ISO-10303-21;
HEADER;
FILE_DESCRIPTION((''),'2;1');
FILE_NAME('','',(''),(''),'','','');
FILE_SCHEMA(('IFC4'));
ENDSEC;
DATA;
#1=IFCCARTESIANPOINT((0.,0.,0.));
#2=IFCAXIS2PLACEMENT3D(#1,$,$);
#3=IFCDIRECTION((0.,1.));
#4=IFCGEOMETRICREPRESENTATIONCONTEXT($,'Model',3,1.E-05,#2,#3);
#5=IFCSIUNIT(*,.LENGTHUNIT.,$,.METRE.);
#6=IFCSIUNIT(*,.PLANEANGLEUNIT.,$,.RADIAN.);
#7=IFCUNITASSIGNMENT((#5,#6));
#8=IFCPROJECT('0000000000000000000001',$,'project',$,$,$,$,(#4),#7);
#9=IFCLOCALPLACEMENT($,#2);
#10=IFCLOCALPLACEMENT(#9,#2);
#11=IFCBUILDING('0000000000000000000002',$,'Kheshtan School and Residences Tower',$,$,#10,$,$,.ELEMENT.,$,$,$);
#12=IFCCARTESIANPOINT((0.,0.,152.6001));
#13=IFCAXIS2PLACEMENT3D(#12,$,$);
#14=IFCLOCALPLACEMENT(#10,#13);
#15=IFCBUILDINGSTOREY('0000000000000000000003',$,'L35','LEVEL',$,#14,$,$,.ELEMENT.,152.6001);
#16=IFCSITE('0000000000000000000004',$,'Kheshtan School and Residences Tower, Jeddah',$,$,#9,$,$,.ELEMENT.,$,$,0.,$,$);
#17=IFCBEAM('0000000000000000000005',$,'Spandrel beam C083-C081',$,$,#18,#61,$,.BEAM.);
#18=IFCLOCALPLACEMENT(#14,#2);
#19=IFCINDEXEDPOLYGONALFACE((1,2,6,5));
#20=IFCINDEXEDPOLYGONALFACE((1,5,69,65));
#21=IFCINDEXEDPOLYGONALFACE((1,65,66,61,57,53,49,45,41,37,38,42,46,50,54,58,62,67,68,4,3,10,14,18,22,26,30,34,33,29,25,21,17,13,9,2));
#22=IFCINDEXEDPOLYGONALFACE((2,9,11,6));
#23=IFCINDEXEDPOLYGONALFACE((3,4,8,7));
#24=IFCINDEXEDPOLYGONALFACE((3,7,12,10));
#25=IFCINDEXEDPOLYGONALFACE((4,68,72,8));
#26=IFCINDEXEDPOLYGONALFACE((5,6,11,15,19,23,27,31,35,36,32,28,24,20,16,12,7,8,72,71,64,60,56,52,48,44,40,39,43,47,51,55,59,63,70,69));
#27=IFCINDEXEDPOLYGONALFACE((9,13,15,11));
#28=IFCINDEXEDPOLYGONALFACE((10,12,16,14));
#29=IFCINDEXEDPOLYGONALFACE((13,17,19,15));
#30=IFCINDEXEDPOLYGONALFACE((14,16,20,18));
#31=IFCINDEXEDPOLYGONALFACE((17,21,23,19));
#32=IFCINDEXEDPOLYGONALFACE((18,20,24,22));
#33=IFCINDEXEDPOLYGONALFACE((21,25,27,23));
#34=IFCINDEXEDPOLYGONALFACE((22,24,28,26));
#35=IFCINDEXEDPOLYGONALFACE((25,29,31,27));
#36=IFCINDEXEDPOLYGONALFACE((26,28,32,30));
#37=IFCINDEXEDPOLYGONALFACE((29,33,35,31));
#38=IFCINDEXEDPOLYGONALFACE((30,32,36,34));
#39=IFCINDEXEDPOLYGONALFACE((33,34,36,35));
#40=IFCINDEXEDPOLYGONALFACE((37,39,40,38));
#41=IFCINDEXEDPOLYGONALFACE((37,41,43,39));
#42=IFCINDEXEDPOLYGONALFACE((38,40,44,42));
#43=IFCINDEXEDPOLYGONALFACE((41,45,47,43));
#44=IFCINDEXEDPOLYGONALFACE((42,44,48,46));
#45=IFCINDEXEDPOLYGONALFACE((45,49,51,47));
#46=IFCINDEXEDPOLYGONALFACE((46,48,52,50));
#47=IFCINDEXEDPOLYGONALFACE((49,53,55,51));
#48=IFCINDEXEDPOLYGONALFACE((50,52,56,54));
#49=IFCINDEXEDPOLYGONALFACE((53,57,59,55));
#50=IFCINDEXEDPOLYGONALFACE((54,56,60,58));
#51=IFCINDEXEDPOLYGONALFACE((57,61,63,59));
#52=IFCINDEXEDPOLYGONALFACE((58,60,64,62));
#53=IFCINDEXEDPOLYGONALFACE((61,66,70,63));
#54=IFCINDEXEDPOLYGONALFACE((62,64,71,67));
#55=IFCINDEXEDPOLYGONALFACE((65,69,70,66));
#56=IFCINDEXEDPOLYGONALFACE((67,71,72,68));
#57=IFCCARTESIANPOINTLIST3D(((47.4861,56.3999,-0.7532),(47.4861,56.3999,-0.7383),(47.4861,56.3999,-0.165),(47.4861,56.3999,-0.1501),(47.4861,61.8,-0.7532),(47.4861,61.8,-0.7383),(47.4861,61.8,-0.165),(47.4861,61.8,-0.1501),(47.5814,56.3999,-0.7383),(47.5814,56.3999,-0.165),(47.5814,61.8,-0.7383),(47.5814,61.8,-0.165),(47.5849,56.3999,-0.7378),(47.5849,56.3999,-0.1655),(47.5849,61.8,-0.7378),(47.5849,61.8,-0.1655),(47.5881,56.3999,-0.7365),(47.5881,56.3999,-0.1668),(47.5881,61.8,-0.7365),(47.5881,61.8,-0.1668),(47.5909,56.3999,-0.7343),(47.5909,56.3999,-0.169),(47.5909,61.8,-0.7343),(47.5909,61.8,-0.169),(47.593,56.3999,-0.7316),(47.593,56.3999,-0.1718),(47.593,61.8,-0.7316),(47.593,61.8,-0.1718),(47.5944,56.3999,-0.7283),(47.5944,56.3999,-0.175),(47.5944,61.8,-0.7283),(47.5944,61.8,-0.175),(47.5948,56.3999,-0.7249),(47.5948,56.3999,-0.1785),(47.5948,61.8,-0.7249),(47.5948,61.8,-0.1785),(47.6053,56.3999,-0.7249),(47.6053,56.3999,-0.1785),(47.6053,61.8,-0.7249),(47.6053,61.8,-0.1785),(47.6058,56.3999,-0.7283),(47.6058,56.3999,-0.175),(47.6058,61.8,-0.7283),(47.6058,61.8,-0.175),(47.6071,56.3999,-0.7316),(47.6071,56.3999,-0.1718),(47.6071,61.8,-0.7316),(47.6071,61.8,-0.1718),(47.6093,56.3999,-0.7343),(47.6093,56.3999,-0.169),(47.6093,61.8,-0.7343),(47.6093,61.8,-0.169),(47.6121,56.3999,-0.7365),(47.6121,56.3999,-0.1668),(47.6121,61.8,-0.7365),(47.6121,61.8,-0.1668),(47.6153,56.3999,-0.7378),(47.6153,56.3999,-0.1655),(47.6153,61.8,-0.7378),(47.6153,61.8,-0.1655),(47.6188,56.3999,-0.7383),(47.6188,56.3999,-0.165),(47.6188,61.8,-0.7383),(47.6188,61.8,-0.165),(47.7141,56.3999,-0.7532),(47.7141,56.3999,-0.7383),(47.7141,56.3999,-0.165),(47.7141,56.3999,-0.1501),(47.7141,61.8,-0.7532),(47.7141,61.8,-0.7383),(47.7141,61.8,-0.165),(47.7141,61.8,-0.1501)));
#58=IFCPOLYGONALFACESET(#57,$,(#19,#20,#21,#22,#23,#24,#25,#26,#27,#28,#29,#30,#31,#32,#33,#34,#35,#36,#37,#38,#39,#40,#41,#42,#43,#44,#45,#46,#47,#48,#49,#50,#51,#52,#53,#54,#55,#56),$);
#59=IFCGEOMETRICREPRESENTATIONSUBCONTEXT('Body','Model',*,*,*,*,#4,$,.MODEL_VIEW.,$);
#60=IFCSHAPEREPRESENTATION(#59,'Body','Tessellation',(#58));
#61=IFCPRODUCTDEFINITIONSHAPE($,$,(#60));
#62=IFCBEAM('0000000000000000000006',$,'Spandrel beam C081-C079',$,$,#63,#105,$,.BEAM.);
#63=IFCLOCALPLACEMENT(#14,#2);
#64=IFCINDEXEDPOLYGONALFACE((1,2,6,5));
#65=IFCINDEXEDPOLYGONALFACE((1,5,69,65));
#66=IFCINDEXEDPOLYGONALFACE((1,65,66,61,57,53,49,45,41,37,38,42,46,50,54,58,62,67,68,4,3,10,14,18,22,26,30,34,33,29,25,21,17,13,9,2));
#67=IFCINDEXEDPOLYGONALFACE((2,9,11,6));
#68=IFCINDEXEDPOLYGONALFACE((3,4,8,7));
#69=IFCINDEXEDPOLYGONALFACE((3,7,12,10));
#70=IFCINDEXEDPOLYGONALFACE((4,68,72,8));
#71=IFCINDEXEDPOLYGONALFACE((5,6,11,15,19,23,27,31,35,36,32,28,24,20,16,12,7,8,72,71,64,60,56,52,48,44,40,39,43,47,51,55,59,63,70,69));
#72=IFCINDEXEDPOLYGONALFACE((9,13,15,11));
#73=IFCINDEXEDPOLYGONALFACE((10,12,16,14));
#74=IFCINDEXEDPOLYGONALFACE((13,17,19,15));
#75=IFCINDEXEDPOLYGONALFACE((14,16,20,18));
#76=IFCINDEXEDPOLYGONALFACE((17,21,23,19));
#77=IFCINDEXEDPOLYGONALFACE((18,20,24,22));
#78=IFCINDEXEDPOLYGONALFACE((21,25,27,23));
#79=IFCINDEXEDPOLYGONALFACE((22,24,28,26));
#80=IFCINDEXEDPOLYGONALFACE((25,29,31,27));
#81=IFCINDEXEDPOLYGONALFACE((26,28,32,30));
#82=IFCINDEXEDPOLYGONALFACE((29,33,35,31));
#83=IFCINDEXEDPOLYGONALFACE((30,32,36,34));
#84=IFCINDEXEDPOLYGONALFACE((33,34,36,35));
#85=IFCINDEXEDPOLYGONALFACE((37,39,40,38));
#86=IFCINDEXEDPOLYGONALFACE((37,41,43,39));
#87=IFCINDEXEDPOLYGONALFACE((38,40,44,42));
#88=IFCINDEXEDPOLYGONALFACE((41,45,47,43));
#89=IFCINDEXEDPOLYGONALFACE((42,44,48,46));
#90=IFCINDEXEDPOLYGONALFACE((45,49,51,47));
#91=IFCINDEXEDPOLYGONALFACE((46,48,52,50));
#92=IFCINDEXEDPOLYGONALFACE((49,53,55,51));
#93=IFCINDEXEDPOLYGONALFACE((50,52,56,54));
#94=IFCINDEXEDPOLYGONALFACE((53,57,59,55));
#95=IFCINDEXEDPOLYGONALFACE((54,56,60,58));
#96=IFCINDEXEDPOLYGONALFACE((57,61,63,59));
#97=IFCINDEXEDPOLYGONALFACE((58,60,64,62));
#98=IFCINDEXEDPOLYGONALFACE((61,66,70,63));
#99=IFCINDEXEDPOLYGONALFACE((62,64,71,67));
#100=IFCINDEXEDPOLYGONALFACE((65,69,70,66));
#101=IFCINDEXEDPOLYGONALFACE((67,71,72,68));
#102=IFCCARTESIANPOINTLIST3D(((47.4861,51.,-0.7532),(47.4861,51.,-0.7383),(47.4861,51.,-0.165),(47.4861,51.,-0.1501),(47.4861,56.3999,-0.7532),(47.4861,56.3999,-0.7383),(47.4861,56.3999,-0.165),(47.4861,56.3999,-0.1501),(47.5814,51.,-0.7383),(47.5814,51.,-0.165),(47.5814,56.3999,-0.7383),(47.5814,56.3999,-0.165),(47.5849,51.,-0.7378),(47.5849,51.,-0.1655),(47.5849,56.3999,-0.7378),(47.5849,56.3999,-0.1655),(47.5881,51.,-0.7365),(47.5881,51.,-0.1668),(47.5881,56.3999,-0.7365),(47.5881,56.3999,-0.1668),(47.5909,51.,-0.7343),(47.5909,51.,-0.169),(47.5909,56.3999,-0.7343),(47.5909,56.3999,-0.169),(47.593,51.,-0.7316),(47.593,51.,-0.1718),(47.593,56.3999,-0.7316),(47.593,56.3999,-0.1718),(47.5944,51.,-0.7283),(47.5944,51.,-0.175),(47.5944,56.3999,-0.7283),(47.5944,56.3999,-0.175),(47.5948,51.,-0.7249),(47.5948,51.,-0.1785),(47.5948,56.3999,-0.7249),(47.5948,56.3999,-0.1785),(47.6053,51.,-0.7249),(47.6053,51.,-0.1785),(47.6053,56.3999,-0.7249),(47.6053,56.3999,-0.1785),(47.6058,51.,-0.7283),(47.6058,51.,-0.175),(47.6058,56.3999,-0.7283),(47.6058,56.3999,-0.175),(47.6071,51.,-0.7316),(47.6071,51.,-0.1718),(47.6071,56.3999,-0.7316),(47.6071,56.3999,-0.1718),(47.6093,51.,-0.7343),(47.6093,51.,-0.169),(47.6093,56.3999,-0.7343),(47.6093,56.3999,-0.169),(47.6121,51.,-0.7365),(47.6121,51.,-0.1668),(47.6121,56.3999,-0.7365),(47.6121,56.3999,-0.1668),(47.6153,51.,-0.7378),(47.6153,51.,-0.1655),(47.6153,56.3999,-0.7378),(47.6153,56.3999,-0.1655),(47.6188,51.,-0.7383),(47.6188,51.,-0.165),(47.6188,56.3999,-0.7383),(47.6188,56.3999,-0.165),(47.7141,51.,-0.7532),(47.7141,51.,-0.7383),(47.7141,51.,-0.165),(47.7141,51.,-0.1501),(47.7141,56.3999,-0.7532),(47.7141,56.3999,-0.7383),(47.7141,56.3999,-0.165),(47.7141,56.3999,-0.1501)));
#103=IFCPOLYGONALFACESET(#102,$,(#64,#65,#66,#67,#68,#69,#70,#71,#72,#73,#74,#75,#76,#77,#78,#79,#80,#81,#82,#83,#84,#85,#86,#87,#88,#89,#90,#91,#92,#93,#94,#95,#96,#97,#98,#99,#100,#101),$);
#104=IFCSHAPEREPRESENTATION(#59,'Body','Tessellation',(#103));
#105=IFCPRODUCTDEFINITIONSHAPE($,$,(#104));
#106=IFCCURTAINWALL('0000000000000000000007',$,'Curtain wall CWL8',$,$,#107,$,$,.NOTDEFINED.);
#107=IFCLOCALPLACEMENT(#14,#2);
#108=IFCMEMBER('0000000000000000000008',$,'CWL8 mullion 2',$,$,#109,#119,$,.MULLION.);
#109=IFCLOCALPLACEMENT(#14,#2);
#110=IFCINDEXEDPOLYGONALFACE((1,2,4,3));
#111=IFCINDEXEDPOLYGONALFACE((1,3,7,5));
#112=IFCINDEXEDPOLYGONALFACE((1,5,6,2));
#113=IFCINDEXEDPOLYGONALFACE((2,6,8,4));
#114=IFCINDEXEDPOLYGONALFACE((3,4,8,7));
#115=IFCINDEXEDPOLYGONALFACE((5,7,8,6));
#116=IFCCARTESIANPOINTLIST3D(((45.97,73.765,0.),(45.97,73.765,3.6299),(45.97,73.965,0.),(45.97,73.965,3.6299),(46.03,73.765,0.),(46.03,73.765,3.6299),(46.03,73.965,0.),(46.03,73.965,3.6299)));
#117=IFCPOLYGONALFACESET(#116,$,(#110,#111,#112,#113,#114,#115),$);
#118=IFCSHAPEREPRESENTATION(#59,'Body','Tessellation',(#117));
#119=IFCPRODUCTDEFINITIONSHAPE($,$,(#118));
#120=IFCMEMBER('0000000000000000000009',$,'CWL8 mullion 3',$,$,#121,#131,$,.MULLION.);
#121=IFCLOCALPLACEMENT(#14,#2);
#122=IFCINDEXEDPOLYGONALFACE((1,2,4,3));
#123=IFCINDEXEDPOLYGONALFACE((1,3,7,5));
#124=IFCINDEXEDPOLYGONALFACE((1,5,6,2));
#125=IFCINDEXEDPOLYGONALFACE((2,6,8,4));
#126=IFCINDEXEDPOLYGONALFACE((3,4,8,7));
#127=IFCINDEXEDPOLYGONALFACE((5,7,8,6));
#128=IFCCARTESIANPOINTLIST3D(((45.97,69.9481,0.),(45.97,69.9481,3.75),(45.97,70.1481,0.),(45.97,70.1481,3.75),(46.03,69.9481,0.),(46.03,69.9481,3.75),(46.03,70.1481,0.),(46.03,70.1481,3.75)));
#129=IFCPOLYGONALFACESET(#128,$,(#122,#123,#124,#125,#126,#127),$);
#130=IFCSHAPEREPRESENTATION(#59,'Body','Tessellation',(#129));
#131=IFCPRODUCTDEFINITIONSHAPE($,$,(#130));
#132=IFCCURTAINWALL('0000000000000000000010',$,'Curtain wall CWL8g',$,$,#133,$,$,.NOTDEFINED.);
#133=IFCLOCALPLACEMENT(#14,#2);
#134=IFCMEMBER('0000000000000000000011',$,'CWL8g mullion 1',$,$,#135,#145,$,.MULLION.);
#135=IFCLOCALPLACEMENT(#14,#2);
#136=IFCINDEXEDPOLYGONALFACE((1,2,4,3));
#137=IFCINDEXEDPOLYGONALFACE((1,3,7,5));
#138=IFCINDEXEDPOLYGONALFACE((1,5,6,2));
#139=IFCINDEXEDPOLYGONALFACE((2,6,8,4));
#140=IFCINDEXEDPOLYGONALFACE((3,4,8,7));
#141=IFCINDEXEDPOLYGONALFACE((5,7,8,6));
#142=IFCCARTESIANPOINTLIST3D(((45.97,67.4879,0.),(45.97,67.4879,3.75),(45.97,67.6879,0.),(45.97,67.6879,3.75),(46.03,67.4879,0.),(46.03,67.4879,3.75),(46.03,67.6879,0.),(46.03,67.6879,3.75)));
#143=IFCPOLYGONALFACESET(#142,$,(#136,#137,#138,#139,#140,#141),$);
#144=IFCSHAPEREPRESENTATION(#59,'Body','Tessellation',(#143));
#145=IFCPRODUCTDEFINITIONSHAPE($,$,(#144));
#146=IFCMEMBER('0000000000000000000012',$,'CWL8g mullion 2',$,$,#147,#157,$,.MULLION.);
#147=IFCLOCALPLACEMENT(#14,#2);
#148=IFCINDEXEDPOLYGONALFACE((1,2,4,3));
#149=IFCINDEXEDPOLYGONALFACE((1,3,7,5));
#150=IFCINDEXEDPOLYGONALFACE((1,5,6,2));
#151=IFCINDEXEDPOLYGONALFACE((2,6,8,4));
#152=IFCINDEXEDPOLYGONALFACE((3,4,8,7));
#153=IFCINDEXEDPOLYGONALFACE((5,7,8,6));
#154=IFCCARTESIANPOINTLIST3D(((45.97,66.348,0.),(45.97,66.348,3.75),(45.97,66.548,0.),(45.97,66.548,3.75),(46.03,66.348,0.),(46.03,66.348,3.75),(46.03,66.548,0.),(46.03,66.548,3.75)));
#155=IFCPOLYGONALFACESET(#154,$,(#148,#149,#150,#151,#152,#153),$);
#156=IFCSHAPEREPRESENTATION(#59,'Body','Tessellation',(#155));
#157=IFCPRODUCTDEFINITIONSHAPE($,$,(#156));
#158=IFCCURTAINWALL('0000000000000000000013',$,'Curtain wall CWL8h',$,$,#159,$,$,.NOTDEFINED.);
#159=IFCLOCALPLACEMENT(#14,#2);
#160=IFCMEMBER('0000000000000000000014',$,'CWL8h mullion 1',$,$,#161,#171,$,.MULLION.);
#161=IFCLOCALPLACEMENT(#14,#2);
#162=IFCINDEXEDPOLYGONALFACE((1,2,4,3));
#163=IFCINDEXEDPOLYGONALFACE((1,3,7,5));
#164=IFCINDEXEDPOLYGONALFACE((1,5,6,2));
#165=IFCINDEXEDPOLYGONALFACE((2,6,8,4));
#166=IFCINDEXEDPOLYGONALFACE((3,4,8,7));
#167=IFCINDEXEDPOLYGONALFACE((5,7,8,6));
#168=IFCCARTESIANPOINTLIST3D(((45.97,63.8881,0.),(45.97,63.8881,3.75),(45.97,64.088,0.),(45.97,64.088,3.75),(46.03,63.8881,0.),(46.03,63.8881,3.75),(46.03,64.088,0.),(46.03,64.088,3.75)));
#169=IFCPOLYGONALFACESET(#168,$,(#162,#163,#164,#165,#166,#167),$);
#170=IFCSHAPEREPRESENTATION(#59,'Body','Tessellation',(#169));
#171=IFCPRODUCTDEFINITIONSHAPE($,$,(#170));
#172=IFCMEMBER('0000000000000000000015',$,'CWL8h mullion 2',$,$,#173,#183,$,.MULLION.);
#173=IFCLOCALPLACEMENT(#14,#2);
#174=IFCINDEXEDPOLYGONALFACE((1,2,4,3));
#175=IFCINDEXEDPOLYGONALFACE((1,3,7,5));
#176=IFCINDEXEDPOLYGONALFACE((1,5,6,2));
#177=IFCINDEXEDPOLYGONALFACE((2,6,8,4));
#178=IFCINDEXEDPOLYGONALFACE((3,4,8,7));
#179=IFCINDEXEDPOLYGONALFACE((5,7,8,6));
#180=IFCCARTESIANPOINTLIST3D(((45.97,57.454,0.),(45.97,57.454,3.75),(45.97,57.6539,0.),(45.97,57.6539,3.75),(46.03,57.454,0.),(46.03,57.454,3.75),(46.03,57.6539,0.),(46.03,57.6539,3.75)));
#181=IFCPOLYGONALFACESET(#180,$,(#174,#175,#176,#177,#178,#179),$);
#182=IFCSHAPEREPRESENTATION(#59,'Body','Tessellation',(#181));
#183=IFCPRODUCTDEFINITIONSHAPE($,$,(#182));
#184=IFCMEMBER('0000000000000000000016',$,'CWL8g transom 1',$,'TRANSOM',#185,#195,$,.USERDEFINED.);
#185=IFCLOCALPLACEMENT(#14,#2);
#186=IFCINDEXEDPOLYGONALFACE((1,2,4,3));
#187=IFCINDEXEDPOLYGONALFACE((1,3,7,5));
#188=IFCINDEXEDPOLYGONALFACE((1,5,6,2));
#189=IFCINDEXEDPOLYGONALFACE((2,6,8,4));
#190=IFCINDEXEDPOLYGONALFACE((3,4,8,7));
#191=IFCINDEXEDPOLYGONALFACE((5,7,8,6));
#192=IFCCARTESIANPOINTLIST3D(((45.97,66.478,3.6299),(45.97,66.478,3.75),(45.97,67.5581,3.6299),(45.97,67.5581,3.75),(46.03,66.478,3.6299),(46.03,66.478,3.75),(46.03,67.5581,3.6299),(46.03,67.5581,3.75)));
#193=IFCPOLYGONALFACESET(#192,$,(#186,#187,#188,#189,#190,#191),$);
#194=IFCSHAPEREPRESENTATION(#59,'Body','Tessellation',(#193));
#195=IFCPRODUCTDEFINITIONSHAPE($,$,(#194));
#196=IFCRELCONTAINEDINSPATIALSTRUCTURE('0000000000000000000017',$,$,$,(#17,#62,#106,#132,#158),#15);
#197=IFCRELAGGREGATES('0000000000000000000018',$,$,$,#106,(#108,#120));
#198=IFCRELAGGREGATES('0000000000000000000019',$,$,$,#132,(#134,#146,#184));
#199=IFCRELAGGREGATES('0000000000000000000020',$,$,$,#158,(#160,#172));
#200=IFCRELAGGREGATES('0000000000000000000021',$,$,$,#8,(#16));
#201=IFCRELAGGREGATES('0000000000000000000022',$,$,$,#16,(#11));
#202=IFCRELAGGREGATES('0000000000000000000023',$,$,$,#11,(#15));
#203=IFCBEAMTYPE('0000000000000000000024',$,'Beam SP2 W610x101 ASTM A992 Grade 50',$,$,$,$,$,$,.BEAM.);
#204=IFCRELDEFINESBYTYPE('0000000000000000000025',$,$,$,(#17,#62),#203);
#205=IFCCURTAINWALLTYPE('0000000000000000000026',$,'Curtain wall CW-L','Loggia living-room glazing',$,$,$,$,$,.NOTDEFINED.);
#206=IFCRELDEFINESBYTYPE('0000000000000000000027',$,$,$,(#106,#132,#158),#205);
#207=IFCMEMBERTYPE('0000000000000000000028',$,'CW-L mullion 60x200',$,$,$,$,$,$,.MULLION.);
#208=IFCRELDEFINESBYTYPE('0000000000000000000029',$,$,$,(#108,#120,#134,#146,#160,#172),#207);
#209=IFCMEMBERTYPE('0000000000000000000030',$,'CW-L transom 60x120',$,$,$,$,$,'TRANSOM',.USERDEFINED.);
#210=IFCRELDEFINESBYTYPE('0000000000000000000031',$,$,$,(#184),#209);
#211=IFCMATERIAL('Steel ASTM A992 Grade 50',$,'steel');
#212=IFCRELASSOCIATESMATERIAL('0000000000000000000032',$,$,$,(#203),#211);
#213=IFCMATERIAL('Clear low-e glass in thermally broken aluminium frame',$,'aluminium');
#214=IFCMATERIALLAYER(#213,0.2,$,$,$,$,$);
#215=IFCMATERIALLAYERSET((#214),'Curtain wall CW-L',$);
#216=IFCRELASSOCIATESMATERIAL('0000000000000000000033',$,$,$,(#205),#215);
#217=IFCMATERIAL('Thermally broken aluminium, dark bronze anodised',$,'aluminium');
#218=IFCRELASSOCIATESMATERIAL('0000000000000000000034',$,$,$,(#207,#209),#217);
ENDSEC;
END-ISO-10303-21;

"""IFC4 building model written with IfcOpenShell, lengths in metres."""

from ifc_helpers import new_model, si_unit, direction, frame, origin, origin_2d, place, context, subcontext, project, spatial, rectangle, i_section, extrude, material, layer, layer_set, material_profile, profile_set, type_object, element, aggregate, save


model = new_model("IFC4")

# Units and contexts
model_context = context("Model", 3, precision=1e-05, world=origin(), true_north=direction((0.0, 1.0)))
body_context = subcontext(model_context, "Body", "Model", "MODEL_VIEW")
ifc_project = project(units=[si_unit("LENGTHUNIT", "METRE"), si_unit("PLANEANGLEUNIT", "RADIAN")], contexts=[model_context])

# Site, building, storey
site_placement = place(None, origin())
site = spatial("IfcSite", under=ifc_project, at=site_placement, Name="Kheshtan School and Residences Tower, Jeddah", CompositionType="ELEMENT", RefElevation=0.0)
building_placement = place(site_placement, origin())
building = spatial("IfcBuilding", under=site, at=building_placement, Name="Kheshtan School and Residences Tower", CompositionType="ELEMENT")
storey_placement = place(building_placement, frame((0.0, 0.0, 152.6001)))
storey = spatial("IfcBuildingStorey", under=building, at=storey_placement, Name="L35", Description="LEVEL", CompositionType="ELEMENT", Elevation=152.6001)

# Shared definitions
ifc_material_1 = material(Name="Steel ASTM A992 Grade 50", Category="steel")

# Beams
ifc_material_profile_1 = material_profile(ifc_material_1, i_section(OverallWidth=0.228, OverallDepth=0.603, WebThickness=0.0105, FlangeThickness=0.0149, FilletRadius=0.0134, at=origin_2d()), Name="W610x101")
ifc_profile_set_1 = profile_set([ifc_material_profile_1], Name="Steel ASTM A992 Grade 50")
beam_type_1 = type_object("IfcBeamType", Name="Beam SP2 W610x101 ASTM A992 Grade 50", PredefinedType="BEAM", material=ifc_profile_set_1)
beam_1_placement = place(storey_placement, frame((47.6001, 61.8, -0.4517), z_axis=(0.0, -1.0, 0.0), x_axis=(1.0, 0.0, 0.0)))
element("IfcBeam", 1, at=beam_1_placement, inside=storey, type_object=beam_type_1, Name="Spandrel beam C083-C081", PredefinedType="BEAM", context=body_context, shape_type="SweptSolid", body=[
    extrude(i_section(OverallWidth=0.228, OverallDepth=0.603, WebThickness=0.0105, FlangeThickness=0.0149, FilletRadius=0.0134, at=origin_2d()), origin(), (0.0, 0.0, 1.0), 5.4001),
])
beam_2_placement = place(storey_placement, frame((47.6001, 56.3999, -0.4517), z_axis=(0.0, -1.0, 0.0), x_axis=(1.0, 0.0, 0.0)))
element("IfcBeam", 2, at=beam_2_placement, inside=storey, type_object=beam_type_1, Name="Spandrel beam C081-C079", PredefinedType="BEAM", context=body_context, shape_type="SweptSolid", body=[
    extrude(i_section(OverallWidth=0.228, OverallDepth=0.603, WebThickness=0.0105, FlangeThickness=0.0149, FilletRadius=0.0134, at=origin_2d()), origin(), (0.0, 0.0, 1.0), 5.3999),
])

# Curtain walls, members
ifc_material_2 = material(Name="Clear low-e glass in thermally broken aluminium frame", Category="aluminium")
ifc_layer_1 = layer(ifc_material_2, 0.2)
ifc_layer_set_1 = layer_set([ifc_layer_1], Name="Curtain wall CW-L")
curtain_wall_type = type_object("IfcCurtainWallType", Name="Curtain wall CW-L", Description="Loggia living-room glazing", PredefinedType="NOTDEFINED", material=ifc_layer_set_1)
curtain_wall_1_placement = place(storey_placement, origin())
curtain_wall_1 = element("IfcCurtainWall", 3, at=curtain_wall_1_placement, inside=storey, type_object=curtain_wall_type, Name="Curtain wall CWL8", PredefinedType="NOTDEFINED")
ifc_material_3 = material(Name="Thermally broken aluminium, dark bronze anodised", Category="aluminium")
ifc_material_profile_2 = material_profile(ifc_material_3, rectangle(XDim=0.0601, YDim=0.2, at=origin_2d()), Name="CW-L mullion 60x200")
ifc_profile_set_2 = profile_set([ifc_material_profile_2], Name="Thermally broken aluminium, dark bronze anodised")
member_type_1 = type_object("IfcMemberType", Name="CW-L mullion 60x200", PredefinedType="MULLION", material=ifc_profile_set_2)
member_1_placement = place(storey_placement, frame((46.0, 73.865, 0.0), z_axis=(0.0, 0.0, 1.0), x_axis=(1.0, 0.0, 0.0)))
member_1 = element("IfcMember", 4, at=member_1_placement, type_object=member_type_1, Name="CWL8 mullion 2", PredefinedType="MULLION", context=body_context, shape_type="SweptSolid", body=[
    extrude(rectangle(XDim=0.0601, YDim=0.2, at=origin_2d()), origin(), (0.0, 0.0, 1.0), 3.6299),
])
member_2_placement = place(storey_placement, frame((46.0, 70.0481, 0.0), z_axis=(0.0, 0.0, 1.0), x_axis=(1.0, 0.0, 0.0)))
member_2 = element("IfcMember", 5, at=member_2_placement, type_object=member_type_1, Name="CWL8 mullion 3", PredefinedType="MULLION", context=body_context, shape_type="SweptSolid", body=[
    extrude(rectangle(XDim=0.0601, YDim=0.2, at=origin_2d()), origin(), (0.0, 0.0, 1.0), 3.75),
])
curtain_wall_2_placement = place(storey_placement, origin())
curtain_wall_2 = element("IfcCurtainWall", 6, at=curtain_wall_2_placement, inside=storey, type_object=curtain_wall_type, Name="Curtain wall CWL8g", PredefinedType="NOTDEFINED")
member_3_placement = place(storey_placement, frame((46.0, 67.5879, 0.0), z_axis=(0.0, 0.0, 1.0), x_axis=(1.0, 0.0, 0.0)))
member_3 = element("IfcMember", 7, at=member_3_placement, type_object=member_type_1, Name="CWL8g mullion 1", PredefinedType="MULLION", context=body_context, shape_type="SweptSolid", body=[
    extrude(rectangle(XDim=0.0601, YDim=0.2, at=origin_2d()), origin(), (0.0, 0.0, 1.0), 3.75),
])
member_4_placement = place(storey_placement, frame((46.0, 66.448, 0.0), z_axis=(0.0, 0.0, 1.0), x_axis=(1.0, 0.0, 0.0)))
member_4 = element("IfcMember", 8, at=member_4_placement, type_object=member_type_1, Name="CWL8g mullion 2", PredefinedType="MULLION", context=body_context, shape_type="SweptSolid", body=[
    extrude(rectangle(XDim=0.0601, YDim=0.2, at=origin_2d()), origin(), (0.0, 0.0, 1.0), 3.75),
])
curtain_wall_3_placement = place(storey_placement, origin())
curtain_wall_3 = element("IfcCurtainWall", 9, at=curtain_wall_3_placement, inside=storey, type_object=curtain_wall_type, Name="Curtain wall CWL8h", PredefinedType="NOTDEFINED")
member_5_placement = place(storey_placement, frame((46.0, 63.988, 0.0), z_axis=(0.0, 0.0, 1.0), x_axis=(1.0, 0.0, 0.0)))
member_5 = element("IfcMember", 10, at=member_5_placement, type_object=member_type_1, Name="CWL8h mullion 1", PredefinedType="MULLION", context=body_context, shape_type="SweptSolid", body=[
    extrude(rectangle(XDim=0.0601, YDim=0.2, at=origin_2d()), origin(), (0.0, 0.0, 1.0), 3.75),
])
member_6_placement = place(storey_placement, frame((46.0, 57.554, 0.0), z_axis=(0.0, 0.0, 1.0), x_axis=(1.0, 0.0, 0.0)))
member_6 = element("IfcMember", 11, at=member_6_placement, type_object=member_type_1, Name="CWL8h mullion 2", PredefinedType="MULLION", context=body_context, shape_type="SweptSolid", body=[
    extrude(rectangle(XDim=0.0601, YDim=0.2, at=origin_2d()), origin(), (0.0, 0.0, 1.0), 3.75),
])

# Member
ifc_material_profile_3 = material_profile(ifc_material_3, rectangle(XDim=0.0601, YDim=0.1201, at=origin_2d()), Name="CW-L transom 60x120")
ifc_profile_set_3 = profile_set([ifc_material_profile_3], Name="Thermally broken aluminium, dark bronze anodised")
member_type_2 = type_object("IfcMemberType", Name="CW-L transom 60x120", ElementType="TRANSOM", PredefinedType="USERDEFINED", material=ifc_profile_set_3)
member_7_placement = place(storey_placement, frame((46.0, 67.5581, 3.6899), z_axis=(0.0, -1.0, 0.0), x_axis=(1.0, 0.0, 0.0)))
member_7 = element("IfcMember", 12, at=member_7_placement, type_object=member_type_2, Name="CWL8g transom 1", ObjectType="TRANSOM", PredefinedType="USERDEFINED", context=body_context, shape_type="SweptSolid", body=[
    extrude(rectangle(XDim=0.0601, YDim=0.1201, at=origin_2d()), origin(), (0.0, 0.0, 1.0), 1.0801),
])

aggregate(curtain_wall_1, [member_1, member_2])
aggregate(curtain_wall_2, [member_3, member_4, member_7])
aggregate(curtain_wall_3, [member_5, member_6])

save(model, "model.ifc")
